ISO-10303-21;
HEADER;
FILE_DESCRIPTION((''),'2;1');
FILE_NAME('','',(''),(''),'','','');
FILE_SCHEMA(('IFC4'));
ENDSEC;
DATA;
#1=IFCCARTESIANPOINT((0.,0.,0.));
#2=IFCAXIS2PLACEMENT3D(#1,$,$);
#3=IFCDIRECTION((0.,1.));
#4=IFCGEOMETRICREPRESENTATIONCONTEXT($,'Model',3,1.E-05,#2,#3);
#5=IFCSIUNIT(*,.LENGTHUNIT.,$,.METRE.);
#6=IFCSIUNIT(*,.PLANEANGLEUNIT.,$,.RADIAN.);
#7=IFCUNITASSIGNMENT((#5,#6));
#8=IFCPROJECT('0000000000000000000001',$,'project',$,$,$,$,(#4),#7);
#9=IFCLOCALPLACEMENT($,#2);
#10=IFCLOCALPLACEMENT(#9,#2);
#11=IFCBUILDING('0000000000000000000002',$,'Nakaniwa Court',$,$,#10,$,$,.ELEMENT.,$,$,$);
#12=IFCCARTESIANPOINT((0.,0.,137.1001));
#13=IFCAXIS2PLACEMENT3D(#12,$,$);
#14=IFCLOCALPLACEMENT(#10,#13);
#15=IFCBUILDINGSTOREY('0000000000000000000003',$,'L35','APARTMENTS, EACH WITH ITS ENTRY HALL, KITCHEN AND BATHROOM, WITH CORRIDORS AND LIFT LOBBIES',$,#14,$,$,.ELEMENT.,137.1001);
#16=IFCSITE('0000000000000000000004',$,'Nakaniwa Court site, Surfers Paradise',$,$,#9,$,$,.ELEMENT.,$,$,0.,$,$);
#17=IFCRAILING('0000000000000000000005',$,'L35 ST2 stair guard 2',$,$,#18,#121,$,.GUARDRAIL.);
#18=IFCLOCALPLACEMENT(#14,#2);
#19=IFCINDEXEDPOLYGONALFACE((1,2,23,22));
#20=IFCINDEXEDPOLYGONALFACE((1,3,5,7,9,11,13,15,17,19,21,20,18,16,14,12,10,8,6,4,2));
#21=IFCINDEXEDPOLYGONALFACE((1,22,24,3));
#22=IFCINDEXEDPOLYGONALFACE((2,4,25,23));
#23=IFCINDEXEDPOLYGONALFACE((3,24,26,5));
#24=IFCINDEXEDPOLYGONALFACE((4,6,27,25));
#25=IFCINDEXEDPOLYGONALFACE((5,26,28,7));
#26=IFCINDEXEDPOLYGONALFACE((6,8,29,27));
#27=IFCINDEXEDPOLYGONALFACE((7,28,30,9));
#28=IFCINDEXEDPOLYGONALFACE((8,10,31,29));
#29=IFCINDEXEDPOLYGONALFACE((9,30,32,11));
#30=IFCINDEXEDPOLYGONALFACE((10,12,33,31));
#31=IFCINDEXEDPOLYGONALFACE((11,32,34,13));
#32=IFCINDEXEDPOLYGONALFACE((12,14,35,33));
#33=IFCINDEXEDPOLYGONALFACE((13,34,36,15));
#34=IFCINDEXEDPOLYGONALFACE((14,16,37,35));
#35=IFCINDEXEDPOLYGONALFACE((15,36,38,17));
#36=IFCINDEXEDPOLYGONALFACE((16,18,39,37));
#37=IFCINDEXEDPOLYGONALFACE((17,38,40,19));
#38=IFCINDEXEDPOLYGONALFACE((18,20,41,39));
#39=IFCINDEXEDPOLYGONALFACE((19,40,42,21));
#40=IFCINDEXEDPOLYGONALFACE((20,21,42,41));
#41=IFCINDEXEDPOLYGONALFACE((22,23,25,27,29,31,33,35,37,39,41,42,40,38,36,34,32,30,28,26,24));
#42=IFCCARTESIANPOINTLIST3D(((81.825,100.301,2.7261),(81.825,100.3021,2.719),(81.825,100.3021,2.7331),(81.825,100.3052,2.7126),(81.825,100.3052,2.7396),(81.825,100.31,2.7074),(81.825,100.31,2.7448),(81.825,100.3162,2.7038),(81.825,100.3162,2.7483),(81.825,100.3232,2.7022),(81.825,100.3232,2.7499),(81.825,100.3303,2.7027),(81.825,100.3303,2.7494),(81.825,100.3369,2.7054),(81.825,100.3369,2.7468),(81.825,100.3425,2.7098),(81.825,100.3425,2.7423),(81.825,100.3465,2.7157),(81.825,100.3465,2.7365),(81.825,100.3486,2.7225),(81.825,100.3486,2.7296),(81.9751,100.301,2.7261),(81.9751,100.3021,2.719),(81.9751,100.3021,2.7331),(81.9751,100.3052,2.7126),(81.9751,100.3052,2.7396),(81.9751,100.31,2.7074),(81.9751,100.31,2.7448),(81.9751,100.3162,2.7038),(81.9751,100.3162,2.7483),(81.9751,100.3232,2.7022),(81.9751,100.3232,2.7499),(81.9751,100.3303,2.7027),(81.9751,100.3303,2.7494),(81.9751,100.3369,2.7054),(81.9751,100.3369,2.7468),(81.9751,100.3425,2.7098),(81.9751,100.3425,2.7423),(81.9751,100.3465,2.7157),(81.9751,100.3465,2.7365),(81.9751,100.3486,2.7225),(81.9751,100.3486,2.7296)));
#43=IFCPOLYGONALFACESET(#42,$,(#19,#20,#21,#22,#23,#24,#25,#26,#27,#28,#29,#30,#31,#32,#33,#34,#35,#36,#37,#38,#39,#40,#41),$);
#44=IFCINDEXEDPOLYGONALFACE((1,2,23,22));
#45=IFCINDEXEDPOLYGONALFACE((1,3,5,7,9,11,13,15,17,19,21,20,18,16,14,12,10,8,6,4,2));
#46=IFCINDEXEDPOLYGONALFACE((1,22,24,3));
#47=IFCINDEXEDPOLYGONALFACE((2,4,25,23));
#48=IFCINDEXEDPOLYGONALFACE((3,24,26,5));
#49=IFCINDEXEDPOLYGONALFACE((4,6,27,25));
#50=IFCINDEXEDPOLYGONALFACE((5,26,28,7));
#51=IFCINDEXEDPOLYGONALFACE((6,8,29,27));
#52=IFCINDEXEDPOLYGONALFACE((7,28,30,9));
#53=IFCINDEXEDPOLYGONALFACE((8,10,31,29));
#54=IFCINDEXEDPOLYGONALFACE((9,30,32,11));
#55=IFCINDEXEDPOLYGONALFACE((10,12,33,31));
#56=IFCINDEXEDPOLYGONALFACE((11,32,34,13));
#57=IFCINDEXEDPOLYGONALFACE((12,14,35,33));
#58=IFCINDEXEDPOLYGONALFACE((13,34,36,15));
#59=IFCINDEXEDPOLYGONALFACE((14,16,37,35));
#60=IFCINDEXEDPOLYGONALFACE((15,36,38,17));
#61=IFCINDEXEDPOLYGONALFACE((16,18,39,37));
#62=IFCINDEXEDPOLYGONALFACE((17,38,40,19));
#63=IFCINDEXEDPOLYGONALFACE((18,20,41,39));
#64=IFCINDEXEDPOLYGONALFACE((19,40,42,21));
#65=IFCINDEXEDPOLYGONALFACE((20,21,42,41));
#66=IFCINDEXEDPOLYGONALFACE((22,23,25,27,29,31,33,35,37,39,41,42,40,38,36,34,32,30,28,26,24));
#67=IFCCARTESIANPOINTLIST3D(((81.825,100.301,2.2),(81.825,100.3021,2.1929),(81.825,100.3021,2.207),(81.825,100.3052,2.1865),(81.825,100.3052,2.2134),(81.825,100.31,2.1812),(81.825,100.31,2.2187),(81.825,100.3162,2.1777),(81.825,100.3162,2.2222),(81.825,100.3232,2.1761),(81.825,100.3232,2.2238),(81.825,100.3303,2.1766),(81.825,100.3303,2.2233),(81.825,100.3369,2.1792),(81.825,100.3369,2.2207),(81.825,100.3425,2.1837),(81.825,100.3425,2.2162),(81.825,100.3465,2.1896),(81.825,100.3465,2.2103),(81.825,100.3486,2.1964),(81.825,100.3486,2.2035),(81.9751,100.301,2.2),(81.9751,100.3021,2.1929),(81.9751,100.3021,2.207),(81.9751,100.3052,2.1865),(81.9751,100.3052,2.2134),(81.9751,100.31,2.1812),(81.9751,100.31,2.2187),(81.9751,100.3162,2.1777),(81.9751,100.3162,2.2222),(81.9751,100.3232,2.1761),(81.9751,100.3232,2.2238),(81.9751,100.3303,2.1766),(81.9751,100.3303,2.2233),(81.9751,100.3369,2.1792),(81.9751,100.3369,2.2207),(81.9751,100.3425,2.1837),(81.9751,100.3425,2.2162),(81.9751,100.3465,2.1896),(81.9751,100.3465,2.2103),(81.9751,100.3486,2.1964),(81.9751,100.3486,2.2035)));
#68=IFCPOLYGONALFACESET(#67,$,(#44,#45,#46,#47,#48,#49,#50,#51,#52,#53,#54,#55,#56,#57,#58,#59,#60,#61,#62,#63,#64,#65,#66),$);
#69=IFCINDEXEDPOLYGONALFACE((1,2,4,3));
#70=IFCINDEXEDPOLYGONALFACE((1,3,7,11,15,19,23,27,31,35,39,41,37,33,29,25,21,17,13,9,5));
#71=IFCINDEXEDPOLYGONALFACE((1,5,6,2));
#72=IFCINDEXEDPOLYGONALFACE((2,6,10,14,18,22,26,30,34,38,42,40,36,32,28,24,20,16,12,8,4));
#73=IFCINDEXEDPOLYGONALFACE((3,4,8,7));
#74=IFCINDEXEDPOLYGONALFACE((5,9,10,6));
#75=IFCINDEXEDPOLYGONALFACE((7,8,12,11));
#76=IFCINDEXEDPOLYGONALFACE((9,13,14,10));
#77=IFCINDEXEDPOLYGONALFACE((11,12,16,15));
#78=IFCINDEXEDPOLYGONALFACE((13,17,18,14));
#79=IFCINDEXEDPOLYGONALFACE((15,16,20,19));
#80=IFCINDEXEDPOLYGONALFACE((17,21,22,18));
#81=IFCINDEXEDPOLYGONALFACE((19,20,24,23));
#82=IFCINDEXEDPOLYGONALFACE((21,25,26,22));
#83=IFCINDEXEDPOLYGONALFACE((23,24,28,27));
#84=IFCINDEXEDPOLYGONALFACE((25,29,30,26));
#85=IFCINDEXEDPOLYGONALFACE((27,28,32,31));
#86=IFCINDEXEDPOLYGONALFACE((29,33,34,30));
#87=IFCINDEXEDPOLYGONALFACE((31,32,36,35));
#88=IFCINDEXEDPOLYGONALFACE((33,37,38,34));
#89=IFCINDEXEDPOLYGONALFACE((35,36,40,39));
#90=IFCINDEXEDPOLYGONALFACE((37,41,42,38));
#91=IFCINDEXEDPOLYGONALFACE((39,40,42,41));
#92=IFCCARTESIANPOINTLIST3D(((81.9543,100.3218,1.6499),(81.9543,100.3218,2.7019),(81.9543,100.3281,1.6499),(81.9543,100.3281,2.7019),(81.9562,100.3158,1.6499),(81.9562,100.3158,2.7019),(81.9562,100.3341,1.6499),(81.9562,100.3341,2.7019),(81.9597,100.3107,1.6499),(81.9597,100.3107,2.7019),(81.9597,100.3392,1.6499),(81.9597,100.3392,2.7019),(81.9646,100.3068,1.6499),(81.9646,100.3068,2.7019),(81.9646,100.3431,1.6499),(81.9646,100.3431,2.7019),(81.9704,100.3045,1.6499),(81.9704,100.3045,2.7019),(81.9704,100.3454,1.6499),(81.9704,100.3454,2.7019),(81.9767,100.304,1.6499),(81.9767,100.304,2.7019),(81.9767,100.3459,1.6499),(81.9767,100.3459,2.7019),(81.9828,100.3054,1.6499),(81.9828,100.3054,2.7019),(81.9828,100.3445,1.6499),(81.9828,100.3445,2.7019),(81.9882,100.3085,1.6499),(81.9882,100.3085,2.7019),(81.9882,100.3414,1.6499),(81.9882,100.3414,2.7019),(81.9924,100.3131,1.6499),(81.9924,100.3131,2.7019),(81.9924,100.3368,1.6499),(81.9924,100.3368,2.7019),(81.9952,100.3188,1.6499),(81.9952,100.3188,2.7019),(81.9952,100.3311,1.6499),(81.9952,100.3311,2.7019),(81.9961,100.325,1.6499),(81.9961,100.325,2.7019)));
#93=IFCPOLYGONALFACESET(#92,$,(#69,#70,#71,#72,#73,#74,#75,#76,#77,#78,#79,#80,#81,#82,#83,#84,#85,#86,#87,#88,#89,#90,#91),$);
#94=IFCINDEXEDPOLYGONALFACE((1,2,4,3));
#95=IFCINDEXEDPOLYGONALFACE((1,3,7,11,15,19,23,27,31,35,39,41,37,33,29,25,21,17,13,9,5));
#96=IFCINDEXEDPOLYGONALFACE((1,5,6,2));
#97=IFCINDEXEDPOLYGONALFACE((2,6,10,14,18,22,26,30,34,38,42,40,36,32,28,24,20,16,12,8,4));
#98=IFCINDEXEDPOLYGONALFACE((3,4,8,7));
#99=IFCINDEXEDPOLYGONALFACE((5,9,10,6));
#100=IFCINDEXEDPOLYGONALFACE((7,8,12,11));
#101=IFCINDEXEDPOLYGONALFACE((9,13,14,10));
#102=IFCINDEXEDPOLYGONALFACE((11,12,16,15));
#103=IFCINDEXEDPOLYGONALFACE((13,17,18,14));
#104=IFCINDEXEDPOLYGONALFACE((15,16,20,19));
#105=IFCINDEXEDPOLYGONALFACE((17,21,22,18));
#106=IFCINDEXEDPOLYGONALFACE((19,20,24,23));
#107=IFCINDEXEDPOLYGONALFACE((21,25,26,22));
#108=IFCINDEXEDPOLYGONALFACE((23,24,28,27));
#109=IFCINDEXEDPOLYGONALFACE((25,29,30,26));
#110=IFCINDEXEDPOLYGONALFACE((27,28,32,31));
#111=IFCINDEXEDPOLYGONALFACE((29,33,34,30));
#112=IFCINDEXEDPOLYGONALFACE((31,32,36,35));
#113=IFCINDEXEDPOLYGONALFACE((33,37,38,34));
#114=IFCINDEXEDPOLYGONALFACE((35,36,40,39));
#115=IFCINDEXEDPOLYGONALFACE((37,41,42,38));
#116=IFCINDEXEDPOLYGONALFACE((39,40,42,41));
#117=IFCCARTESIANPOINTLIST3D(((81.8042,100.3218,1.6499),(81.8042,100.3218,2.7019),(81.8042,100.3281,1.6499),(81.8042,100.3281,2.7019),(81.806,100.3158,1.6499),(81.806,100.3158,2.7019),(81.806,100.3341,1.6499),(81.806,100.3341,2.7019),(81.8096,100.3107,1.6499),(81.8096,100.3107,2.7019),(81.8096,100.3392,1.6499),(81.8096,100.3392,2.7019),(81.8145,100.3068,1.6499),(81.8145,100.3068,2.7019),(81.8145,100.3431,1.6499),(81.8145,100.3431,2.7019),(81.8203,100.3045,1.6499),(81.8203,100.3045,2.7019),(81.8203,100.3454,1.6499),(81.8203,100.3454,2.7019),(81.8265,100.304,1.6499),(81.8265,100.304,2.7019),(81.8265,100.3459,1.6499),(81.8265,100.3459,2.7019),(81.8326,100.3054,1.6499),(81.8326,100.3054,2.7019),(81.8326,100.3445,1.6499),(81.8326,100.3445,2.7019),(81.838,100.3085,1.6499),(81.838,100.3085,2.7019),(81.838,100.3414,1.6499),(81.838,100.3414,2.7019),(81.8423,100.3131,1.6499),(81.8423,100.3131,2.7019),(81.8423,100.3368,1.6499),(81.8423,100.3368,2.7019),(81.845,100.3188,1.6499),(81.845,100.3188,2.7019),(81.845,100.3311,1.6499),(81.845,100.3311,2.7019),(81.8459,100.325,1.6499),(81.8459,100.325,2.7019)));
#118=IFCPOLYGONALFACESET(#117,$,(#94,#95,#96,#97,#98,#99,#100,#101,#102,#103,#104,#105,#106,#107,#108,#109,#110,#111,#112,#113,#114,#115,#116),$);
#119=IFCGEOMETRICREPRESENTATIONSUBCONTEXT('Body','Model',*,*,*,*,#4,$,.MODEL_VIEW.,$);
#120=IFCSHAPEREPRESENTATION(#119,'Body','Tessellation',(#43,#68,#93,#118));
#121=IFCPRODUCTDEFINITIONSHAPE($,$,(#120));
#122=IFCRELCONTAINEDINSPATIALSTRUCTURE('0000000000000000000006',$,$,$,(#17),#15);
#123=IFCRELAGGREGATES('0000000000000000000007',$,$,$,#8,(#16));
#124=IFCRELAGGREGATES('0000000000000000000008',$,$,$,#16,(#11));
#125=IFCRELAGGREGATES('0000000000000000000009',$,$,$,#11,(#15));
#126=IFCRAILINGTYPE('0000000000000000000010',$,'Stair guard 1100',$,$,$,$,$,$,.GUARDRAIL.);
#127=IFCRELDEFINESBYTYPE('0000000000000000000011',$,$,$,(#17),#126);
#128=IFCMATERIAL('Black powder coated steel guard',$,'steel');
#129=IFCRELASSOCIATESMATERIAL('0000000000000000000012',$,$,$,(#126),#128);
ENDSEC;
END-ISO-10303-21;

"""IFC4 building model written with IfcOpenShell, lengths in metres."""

from ifc_helpers import new_model, si_unit, direction, frame, origin, origin_2d, place, context, subcontext, project, spatial, circle, extrude, material, type_object, element, save


model = new_model("IFC4")

# Units and contexts
model_context = context("Model", 3, precision=1e-05, world=origin(), true_north=direction((0.0, 1.0)))
body_context = subcontext(model_context, "Body", "Model", "MODEL_VIEW")
ifc_project = project(units=[si_unit("LENGTHUNIT", "METRE"), si_unit("PLANEANGLEUNIT", "RADIAN")], contexts=[model_context])

# Site, building, storey
site_placement = place(None, origin())
site = spatial("IfcSite", under=ifc_project, at=site_placement, Name="Nakaniwa Court site, Surfers Paradise", CompositionType="ELEMENT", RefElevation=0.0)
building_placement = place(site_placement, origin())
building = spatial("IfcBuilding", under=site, at=building_placement, Name="Nakaniwa Court", CompositionType="ELEMENT")
storey_placement = place(building_placement, frame((0.0, 0.0, 137.1001)))
storey = spatial("IfcBuildingStorey", under=building, at=storey_placement, Name="L35", Description="APARTMENTS, EACH WITH ITS ENTRY HALL, KITCHEN AND BATHROOM, WITH CORRIDORS AND LIFT LOBBIES", CompositionType="ELEMENT", Elevation=137.1001)

# Railing
ifc_material_1 = material(Name="Black powder coated steel guard", Category="steel")
railing_type_1 = type_object("IfcRailingType", Name="Stair guard 1100", PredefinedType="GUARDRAIL", material=ifc_material_1)
railing_1_placement = place(storey_placement, frame((81.9751, 100.325, 1.6499)))
element("IfcRailing", 1, at=railing_1_placement, inside=storey, type_object=railing_type_1, Name="L35 ST2 stair guard 2", PredefinedType="GUARDRAIL", context=body_context, shape_type="SweptSolid", body=[
    extrude(circle(Radius=0.0239, at=origin_2d()), frame((0.0, 0.0, 1.0762), z_axis=(-1.0, 0.0, 0.0), x_axis=(0.0, -1.0, 0.0)), (0.0, 0.0, 1.0), 0.1501),
    extrude(circle(Radius=0.0239, at=origin_2d()), frame((0.0, 0.0, 0.55), z_axis=(-1.0, 0.0, 0.0), x_axis=(0.0, -1.0, 0.0)), (0.0, 0.0, 1.0), 0.1501),
    extrude(circle(Radius=0.021, at=origin_2d()), origin(), (0.0, 0.0, 1.0), 1.052),
    extrude(circle(Radius=0.021, at=origin_2d()), frame((-0.1501, 0.0, 0.0)), (0.0, 0.0, 1.0), 1.052),
])

save(model, "model.ifc")
